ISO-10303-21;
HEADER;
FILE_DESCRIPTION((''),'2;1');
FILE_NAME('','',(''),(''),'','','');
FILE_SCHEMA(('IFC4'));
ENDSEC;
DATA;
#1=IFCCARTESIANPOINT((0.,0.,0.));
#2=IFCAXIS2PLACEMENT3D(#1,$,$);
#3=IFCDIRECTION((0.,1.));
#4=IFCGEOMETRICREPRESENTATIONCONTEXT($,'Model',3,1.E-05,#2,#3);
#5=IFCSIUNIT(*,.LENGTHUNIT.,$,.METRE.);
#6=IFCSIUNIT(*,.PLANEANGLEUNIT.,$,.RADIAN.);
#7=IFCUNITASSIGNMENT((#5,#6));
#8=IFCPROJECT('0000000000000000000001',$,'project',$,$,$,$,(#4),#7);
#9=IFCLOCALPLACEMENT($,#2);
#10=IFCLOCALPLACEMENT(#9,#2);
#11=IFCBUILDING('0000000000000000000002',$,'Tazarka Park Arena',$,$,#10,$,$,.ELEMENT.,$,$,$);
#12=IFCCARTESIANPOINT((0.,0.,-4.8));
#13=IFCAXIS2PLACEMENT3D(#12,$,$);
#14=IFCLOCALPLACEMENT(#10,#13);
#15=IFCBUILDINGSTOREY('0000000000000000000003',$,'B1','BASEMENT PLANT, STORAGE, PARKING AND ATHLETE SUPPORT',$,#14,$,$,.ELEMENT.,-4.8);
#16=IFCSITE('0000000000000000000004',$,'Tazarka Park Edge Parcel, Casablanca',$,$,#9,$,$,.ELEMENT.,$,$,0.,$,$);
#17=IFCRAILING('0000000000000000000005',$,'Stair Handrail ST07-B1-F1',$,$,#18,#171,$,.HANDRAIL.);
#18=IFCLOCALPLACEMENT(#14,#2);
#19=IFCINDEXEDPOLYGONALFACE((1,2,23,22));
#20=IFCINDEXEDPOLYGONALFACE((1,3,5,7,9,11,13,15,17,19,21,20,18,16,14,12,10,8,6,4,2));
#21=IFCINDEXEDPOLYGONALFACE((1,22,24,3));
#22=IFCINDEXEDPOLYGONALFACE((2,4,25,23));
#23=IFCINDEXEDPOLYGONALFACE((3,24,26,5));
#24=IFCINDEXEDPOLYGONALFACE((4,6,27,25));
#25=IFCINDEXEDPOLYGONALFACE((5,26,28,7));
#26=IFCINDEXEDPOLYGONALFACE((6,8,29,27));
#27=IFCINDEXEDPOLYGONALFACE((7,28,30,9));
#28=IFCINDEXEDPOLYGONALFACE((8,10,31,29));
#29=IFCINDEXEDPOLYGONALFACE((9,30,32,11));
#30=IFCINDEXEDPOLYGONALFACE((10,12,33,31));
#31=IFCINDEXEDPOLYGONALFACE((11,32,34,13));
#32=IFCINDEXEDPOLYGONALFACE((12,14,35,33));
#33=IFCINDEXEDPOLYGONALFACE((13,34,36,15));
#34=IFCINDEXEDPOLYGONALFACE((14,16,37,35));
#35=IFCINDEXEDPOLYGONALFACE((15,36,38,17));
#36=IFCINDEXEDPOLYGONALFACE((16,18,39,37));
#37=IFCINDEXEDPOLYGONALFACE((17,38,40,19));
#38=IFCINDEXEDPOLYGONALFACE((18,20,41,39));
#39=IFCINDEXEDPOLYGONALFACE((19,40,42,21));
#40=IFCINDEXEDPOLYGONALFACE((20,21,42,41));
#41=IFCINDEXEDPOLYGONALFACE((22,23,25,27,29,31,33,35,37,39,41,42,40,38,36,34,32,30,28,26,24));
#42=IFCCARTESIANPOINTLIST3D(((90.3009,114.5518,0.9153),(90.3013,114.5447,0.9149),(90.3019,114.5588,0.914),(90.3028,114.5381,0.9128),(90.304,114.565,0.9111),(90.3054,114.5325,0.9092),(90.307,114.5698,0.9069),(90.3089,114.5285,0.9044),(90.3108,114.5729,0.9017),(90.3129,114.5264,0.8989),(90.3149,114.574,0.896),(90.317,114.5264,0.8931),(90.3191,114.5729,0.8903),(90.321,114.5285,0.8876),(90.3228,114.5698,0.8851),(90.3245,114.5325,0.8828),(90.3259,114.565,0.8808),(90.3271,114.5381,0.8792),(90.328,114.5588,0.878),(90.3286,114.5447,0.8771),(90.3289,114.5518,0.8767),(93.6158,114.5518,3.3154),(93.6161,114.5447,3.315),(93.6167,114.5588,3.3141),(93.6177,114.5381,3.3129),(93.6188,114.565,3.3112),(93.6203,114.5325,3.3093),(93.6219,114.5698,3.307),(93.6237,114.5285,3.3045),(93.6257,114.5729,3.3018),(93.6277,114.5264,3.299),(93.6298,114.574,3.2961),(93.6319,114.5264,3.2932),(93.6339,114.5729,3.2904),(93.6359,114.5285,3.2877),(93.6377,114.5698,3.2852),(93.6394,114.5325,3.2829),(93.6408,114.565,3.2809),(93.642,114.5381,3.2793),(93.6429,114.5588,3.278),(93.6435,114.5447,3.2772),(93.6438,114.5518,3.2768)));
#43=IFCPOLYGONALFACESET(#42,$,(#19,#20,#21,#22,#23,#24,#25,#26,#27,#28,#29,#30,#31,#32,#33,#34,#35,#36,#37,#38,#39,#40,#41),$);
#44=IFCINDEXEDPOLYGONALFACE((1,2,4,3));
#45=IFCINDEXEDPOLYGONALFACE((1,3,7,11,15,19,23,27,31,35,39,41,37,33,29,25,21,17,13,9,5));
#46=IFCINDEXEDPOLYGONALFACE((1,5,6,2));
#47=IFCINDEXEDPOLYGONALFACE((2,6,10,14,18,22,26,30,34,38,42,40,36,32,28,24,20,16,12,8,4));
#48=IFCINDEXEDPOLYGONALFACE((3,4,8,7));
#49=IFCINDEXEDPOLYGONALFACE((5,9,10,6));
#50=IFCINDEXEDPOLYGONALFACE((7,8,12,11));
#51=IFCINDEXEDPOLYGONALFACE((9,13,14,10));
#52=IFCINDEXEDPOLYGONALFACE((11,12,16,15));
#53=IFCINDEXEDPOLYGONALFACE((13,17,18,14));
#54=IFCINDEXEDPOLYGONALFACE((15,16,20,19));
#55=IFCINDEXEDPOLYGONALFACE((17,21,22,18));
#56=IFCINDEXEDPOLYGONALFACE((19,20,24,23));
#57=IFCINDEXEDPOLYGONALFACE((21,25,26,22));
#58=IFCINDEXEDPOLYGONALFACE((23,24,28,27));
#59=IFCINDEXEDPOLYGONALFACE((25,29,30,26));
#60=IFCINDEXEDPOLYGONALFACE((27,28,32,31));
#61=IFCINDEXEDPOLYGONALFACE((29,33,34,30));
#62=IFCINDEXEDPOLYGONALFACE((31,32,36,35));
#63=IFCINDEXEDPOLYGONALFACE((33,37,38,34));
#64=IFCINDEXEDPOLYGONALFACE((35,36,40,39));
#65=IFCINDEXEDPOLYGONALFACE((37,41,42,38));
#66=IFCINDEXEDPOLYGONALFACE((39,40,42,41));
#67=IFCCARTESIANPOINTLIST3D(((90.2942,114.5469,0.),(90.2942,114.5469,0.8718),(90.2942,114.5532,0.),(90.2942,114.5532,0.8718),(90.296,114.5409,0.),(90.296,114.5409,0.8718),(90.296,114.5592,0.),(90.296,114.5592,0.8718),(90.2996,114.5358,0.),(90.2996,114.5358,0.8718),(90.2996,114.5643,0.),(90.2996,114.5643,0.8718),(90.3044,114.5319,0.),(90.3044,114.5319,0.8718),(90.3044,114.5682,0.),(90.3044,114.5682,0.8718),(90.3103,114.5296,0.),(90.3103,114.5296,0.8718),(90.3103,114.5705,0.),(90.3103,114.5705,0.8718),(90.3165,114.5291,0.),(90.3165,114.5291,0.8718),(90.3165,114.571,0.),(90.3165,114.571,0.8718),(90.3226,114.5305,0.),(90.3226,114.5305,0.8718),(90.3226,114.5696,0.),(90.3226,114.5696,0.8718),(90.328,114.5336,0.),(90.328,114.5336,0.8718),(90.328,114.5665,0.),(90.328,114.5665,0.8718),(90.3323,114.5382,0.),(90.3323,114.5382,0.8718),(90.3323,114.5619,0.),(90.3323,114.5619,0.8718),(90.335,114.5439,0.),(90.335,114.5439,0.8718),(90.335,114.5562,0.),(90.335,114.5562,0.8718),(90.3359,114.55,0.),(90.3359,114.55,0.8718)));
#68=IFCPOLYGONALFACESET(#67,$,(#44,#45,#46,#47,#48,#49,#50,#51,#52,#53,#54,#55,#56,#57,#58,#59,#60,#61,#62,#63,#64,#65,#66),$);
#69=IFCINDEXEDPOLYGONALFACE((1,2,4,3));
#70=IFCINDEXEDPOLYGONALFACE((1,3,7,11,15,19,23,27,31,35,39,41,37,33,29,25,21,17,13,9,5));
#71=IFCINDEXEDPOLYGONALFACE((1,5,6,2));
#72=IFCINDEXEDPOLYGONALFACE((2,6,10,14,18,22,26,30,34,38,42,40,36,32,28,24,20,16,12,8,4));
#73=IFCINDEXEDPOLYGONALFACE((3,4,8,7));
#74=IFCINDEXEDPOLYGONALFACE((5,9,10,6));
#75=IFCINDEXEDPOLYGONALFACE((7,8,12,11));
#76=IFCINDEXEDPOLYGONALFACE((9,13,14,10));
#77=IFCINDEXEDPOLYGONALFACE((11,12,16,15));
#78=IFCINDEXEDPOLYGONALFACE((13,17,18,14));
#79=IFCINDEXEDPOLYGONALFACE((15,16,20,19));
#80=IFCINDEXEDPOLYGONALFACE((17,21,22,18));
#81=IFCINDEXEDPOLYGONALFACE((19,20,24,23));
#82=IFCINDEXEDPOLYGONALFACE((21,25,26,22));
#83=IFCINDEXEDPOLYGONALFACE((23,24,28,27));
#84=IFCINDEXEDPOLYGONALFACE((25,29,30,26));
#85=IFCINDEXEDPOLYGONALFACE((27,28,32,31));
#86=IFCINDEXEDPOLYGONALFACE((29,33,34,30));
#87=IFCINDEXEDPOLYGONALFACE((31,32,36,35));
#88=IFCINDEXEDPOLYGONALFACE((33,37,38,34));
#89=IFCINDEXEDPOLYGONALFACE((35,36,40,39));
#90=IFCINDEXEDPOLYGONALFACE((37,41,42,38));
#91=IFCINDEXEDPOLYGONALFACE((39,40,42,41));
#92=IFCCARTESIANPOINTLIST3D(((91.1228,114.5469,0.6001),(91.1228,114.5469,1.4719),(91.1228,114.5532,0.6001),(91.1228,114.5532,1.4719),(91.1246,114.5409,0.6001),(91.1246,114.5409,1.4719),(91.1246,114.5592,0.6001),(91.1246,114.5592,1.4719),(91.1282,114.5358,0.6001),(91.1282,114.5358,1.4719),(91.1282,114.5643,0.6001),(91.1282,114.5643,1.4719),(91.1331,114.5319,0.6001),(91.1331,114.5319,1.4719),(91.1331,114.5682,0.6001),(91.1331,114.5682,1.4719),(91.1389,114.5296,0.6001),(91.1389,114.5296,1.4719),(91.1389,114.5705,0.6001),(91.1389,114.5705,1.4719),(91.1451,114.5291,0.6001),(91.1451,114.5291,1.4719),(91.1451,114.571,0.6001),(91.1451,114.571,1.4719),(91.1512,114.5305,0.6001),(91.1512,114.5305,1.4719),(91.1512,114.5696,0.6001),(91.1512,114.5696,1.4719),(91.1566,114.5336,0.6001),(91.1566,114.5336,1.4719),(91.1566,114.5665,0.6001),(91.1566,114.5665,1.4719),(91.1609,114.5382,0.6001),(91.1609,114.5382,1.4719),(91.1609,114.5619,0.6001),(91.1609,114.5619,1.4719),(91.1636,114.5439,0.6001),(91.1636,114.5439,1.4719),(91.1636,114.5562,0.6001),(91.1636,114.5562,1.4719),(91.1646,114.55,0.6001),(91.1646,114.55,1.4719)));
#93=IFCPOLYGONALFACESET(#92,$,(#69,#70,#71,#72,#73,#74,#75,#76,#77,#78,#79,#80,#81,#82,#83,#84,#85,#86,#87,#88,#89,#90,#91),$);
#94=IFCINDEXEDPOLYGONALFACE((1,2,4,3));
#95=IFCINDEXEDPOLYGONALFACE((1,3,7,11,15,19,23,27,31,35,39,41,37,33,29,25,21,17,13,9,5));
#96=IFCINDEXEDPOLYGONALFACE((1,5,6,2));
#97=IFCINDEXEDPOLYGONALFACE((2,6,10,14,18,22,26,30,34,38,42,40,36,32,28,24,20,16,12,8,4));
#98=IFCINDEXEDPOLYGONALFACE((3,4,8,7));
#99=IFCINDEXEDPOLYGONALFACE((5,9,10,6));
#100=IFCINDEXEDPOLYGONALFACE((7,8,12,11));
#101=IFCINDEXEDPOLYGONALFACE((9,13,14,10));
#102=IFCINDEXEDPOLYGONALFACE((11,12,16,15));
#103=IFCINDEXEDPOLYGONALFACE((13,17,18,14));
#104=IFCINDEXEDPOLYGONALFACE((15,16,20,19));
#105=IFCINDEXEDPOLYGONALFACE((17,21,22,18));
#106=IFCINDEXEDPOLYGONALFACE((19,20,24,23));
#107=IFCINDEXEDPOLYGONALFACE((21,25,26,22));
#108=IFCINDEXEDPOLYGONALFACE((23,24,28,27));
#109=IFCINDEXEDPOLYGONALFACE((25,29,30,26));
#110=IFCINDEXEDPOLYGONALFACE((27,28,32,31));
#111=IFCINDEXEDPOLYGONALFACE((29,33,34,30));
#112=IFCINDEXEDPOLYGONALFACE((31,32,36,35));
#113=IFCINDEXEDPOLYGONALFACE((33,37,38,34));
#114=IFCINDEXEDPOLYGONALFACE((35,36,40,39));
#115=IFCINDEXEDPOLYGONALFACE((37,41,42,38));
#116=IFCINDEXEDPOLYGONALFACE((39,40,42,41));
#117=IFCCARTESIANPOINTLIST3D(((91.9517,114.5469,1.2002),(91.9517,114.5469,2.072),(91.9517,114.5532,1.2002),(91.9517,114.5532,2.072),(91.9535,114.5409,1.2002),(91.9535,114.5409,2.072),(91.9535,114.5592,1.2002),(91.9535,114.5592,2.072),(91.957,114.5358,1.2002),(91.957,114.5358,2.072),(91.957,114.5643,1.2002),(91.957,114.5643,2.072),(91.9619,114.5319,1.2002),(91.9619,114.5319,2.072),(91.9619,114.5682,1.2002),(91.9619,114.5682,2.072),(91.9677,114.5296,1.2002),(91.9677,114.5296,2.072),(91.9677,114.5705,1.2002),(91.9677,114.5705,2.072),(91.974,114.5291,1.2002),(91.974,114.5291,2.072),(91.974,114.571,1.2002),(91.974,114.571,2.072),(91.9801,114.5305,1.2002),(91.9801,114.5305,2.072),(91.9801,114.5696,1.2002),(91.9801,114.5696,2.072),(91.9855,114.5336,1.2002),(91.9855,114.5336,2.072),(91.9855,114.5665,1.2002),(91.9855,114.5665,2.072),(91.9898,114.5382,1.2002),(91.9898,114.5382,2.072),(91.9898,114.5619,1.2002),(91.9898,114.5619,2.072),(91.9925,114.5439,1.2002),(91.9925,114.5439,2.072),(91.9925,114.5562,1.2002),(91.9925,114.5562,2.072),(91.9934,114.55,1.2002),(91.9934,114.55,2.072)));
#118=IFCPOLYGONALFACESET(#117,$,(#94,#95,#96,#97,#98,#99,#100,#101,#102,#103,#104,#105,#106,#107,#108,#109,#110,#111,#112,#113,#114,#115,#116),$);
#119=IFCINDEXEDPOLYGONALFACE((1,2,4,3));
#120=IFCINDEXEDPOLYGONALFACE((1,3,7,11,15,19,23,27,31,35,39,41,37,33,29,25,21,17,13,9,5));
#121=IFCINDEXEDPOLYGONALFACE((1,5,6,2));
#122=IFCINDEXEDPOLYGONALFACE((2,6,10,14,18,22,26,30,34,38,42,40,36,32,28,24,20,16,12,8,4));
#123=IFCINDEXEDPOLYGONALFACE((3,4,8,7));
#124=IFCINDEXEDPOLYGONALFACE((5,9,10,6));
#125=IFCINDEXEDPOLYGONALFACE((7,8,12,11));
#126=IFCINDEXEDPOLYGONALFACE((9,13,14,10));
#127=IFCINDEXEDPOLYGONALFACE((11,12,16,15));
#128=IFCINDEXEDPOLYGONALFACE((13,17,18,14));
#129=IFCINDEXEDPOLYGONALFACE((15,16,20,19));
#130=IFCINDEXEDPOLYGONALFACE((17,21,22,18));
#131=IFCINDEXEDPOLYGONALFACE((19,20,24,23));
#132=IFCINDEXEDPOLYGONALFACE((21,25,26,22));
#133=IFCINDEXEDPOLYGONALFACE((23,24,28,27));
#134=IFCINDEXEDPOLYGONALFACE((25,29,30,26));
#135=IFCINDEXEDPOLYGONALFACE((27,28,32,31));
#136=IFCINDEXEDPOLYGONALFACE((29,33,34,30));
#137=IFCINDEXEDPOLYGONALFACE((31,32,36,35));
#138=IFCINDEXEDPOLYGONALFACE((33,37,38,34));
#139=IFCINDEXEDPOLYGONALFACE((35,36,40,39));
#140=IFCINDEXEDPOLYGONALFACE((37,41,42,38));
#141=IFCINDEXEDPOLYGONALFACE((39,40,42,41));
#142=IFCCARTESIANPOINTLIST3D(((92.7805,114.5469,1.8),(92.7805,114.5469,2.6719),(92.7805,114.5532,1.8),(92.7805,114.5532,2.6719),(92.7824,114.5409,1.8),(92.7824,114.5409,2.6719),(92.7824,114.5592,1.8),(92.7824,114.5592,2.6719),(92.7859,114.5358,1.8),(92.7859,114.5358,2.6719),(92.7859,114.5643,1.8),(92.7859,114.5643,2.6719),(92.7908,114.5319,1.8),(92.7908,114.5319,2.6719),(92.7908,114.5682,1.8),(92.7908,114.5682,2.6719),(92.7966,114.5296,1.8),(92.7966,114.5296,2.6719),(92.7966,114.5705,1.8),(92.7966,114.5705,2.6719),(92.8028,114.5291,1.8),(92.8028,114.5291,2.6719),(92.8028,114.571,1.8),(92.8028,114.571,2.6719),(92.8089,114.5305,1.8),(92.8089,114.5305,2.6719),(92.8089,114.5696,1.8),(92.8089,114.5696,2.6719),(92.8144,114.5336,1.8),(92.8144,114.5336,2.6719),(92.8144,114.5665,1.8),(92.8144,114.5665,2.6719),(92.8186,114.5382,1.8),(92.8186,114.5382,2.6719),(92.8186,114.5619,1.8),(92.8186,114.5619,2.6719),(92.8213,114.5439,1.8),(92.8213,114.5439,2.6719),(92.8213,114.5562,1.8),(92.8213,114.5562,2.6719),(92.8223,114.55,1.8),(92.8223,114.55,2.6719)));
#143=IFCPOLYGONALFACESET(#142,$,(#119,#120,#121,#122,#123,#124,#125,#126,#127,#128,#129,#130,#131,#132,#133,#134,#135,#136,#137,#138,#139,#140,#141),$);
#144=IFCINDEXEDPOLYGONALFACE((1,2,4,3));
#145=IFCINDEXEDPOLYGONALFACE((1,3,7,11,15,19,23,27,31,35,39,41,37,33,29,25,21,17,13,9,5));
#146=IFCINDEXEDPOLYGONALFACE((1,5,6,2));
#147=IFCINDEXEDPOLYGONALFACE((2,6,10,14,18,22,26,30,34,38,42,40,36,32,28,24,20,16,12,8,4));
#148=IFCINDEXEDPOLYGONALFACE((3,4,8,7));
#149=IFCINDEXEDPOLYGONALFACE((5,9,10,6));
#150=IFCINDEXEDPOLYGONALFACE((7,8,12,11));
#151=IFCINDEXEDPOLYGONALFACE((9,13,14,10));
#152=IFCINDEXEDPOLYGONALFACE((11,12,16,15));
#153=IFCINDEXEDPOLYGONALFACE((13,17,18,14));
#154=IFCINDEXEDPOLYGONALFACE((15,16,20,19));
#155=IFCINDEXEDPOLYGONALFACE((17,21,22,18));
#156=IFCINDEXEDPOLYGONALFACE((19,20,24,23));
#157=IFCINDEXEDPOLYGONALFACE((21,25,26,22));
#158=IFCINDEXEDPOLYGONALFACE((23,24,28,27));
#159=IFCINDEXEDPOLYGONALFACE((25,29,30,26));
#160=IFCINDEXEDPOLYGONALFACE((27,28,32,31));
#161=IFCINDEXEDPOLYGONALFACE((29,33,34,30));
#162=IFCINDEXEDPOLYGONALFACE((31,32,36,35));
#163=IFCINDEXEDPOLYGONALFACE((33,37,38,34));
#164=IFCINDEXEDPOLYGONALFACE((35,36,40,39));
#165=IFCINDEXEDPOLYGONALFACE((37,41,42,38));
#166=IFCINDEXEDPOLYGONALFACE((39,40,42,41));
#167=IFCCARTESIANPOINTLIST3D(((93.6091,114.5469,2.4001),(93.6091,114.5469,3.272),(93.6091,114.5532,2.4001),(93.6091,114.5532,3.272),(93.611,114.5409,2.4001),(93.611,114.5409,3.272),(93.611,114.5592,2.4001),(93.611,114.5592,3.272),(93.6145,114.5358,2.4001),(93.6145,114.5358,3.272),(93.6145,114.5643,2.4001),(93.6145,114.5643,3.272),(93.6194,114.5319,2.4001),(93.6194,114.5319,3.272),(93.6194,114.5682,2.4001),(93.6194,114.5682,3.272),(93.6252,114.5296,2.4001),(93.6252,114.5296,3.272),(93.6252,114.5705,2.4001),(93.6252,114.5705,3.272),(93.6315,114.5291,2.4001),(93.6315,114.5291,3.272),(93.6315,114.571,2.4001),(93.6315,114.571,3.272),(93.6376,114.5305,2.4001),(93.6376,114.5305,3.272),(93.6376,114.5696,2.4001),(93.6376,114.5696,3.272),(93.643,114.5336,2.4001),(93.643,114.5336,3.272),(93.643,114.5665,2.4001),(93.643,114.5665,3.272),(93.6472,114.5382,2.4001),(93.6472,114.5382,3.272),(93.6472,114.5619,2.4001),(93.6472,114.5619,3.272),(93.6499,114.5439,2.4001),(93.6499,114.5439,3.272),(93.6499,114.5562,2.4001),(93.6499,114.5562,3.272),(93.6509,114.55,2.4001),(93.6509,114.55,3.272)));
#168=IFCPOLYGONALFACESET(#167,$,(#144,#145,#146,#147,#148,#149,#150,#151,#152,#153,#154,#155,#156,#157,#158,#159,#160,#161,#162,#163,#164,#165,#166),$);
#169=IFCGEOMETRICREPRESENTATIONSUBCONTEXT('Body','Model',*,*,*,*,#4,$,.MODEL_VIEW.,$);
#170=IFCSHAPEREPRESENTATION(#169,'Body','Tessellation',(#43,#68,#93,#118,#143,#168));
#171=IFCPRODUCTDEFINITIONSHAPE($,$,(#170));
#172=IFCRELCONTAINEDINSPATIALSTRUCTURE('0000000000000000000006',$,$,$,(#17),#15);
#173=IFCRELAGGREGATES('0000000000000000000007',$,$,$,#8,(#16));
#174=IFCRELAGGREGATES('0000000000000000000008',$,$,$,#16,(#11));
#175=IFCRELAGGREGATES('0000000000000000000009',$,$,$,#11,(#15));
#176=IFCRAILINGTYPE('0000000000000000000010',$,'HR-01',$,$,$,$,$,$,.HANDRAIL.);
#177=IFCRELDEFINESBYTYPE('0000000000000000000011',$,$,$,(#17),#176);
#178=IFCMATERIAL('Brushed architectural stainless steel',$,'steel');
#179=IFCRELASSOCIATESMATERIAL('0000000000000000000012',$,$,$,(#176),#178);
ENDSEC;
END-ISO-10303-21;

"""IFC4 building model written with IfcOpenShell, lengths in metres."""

from ifc_helpers import new_model, si_unit, direction, frame, origin, origin_2d, place, context, subcontext, project, spatial, circle, extrude, material, type_object, element, save


model = new_model("IFC4")

# Units and contexts
model_context = context("Model", 3, precision=1e-05, world=origin(), true_north=direction((0.0, 1.0)))
body_context = subcontext(model_context, "Body", "Model", "MODEL_VIEW")
ifc_project = project(units=[si_unit("LENGTHUNIT", "METRE"), si_unit("PLANEANGLEUNIT", "RADIAN")], contexts=[model_context])

# Site, building, storey
site_placement = place(None, origin())
site = spatial("IfcSite", under=ifc_project, at=site_placement, Name="Tazarka Park Edge Parcel, Casablanca", CompositionType="ELEMENT", RefElevation=0.0)
building_placement = place(site_placement, origin())
building = spatial("IfcBuilding", under=site, at=building_placement, Name="Tazarka Park Arena", CompositionType="ELEMENT")
storey_placement = place(building_placement, frame((0.0, 0.0, -4.8)))
storey = spatial("IfcBuildingStorey", under=building, at=storey_placement, Name="B1", Description="BASEMENT PLANT, STORAGE, PARKING AND ATHLETE SUPPORT", CompositionType="ELEMENT", Elevation=-4.8)

# Railing
ifc_material_1 = material(Name="Brushed architectural stainless steel", Category="steel")
railing_type_1 = type_object("IfcRailingType", Name="HR-01", PredefinedType="HANDRAIL", material=ifc_material_1)
railing_1_placement = place(storey_placement, frame((90.3149, 114.55, 0.0)))
element("IfcRailing", 1, at=railing_1_placement, inside=storey, type_object=railing_type_1, Name="Stair Handrail ST07-B1-F1", PredefinedType="HANDRAIL", context=body_context, shape_type="SweptSolid", body=[
    extrude(circle(Radius=0.0239, at=origin_2d()), frame((0.0, 0.0, 0.896), z_axis=(0.80998, 0.0, 0.586457), x_axis=(0.0, 1.0, 0.0)), (0.0, 0.0, 1.0), 4.0925),
    extrude(circle(Radius=0.021, at=origin_2d()), origin(), (0.0, 0.0, 1.0), 0.8718),
    extrude(circle(Radius=0.021, at=origin_2d()), frame((0.8286, 0.0, 0.6001)), (0.0, 0.0, 1.0), 0.8718),
    extrude(circle(Radius=0.021, at=origin_2d()), frame((1.6575, 0.0, 1.2002)), (0.0, 0.0, 1.0), 0.8718),
    extrude(circle(Radius=0.021, at=origin_2d()), frame((2.4863, 0.0, 1.8)), (0.0, 0.0, 1.0), 0.8718),
    extrude(circle(Radius=0.021, at=origin_2d()), frame((3.3149, 0.0, 2.4001)), (0.0, 0.0, 1.0), 0.8718),
])

save(model, "model.ifc")
